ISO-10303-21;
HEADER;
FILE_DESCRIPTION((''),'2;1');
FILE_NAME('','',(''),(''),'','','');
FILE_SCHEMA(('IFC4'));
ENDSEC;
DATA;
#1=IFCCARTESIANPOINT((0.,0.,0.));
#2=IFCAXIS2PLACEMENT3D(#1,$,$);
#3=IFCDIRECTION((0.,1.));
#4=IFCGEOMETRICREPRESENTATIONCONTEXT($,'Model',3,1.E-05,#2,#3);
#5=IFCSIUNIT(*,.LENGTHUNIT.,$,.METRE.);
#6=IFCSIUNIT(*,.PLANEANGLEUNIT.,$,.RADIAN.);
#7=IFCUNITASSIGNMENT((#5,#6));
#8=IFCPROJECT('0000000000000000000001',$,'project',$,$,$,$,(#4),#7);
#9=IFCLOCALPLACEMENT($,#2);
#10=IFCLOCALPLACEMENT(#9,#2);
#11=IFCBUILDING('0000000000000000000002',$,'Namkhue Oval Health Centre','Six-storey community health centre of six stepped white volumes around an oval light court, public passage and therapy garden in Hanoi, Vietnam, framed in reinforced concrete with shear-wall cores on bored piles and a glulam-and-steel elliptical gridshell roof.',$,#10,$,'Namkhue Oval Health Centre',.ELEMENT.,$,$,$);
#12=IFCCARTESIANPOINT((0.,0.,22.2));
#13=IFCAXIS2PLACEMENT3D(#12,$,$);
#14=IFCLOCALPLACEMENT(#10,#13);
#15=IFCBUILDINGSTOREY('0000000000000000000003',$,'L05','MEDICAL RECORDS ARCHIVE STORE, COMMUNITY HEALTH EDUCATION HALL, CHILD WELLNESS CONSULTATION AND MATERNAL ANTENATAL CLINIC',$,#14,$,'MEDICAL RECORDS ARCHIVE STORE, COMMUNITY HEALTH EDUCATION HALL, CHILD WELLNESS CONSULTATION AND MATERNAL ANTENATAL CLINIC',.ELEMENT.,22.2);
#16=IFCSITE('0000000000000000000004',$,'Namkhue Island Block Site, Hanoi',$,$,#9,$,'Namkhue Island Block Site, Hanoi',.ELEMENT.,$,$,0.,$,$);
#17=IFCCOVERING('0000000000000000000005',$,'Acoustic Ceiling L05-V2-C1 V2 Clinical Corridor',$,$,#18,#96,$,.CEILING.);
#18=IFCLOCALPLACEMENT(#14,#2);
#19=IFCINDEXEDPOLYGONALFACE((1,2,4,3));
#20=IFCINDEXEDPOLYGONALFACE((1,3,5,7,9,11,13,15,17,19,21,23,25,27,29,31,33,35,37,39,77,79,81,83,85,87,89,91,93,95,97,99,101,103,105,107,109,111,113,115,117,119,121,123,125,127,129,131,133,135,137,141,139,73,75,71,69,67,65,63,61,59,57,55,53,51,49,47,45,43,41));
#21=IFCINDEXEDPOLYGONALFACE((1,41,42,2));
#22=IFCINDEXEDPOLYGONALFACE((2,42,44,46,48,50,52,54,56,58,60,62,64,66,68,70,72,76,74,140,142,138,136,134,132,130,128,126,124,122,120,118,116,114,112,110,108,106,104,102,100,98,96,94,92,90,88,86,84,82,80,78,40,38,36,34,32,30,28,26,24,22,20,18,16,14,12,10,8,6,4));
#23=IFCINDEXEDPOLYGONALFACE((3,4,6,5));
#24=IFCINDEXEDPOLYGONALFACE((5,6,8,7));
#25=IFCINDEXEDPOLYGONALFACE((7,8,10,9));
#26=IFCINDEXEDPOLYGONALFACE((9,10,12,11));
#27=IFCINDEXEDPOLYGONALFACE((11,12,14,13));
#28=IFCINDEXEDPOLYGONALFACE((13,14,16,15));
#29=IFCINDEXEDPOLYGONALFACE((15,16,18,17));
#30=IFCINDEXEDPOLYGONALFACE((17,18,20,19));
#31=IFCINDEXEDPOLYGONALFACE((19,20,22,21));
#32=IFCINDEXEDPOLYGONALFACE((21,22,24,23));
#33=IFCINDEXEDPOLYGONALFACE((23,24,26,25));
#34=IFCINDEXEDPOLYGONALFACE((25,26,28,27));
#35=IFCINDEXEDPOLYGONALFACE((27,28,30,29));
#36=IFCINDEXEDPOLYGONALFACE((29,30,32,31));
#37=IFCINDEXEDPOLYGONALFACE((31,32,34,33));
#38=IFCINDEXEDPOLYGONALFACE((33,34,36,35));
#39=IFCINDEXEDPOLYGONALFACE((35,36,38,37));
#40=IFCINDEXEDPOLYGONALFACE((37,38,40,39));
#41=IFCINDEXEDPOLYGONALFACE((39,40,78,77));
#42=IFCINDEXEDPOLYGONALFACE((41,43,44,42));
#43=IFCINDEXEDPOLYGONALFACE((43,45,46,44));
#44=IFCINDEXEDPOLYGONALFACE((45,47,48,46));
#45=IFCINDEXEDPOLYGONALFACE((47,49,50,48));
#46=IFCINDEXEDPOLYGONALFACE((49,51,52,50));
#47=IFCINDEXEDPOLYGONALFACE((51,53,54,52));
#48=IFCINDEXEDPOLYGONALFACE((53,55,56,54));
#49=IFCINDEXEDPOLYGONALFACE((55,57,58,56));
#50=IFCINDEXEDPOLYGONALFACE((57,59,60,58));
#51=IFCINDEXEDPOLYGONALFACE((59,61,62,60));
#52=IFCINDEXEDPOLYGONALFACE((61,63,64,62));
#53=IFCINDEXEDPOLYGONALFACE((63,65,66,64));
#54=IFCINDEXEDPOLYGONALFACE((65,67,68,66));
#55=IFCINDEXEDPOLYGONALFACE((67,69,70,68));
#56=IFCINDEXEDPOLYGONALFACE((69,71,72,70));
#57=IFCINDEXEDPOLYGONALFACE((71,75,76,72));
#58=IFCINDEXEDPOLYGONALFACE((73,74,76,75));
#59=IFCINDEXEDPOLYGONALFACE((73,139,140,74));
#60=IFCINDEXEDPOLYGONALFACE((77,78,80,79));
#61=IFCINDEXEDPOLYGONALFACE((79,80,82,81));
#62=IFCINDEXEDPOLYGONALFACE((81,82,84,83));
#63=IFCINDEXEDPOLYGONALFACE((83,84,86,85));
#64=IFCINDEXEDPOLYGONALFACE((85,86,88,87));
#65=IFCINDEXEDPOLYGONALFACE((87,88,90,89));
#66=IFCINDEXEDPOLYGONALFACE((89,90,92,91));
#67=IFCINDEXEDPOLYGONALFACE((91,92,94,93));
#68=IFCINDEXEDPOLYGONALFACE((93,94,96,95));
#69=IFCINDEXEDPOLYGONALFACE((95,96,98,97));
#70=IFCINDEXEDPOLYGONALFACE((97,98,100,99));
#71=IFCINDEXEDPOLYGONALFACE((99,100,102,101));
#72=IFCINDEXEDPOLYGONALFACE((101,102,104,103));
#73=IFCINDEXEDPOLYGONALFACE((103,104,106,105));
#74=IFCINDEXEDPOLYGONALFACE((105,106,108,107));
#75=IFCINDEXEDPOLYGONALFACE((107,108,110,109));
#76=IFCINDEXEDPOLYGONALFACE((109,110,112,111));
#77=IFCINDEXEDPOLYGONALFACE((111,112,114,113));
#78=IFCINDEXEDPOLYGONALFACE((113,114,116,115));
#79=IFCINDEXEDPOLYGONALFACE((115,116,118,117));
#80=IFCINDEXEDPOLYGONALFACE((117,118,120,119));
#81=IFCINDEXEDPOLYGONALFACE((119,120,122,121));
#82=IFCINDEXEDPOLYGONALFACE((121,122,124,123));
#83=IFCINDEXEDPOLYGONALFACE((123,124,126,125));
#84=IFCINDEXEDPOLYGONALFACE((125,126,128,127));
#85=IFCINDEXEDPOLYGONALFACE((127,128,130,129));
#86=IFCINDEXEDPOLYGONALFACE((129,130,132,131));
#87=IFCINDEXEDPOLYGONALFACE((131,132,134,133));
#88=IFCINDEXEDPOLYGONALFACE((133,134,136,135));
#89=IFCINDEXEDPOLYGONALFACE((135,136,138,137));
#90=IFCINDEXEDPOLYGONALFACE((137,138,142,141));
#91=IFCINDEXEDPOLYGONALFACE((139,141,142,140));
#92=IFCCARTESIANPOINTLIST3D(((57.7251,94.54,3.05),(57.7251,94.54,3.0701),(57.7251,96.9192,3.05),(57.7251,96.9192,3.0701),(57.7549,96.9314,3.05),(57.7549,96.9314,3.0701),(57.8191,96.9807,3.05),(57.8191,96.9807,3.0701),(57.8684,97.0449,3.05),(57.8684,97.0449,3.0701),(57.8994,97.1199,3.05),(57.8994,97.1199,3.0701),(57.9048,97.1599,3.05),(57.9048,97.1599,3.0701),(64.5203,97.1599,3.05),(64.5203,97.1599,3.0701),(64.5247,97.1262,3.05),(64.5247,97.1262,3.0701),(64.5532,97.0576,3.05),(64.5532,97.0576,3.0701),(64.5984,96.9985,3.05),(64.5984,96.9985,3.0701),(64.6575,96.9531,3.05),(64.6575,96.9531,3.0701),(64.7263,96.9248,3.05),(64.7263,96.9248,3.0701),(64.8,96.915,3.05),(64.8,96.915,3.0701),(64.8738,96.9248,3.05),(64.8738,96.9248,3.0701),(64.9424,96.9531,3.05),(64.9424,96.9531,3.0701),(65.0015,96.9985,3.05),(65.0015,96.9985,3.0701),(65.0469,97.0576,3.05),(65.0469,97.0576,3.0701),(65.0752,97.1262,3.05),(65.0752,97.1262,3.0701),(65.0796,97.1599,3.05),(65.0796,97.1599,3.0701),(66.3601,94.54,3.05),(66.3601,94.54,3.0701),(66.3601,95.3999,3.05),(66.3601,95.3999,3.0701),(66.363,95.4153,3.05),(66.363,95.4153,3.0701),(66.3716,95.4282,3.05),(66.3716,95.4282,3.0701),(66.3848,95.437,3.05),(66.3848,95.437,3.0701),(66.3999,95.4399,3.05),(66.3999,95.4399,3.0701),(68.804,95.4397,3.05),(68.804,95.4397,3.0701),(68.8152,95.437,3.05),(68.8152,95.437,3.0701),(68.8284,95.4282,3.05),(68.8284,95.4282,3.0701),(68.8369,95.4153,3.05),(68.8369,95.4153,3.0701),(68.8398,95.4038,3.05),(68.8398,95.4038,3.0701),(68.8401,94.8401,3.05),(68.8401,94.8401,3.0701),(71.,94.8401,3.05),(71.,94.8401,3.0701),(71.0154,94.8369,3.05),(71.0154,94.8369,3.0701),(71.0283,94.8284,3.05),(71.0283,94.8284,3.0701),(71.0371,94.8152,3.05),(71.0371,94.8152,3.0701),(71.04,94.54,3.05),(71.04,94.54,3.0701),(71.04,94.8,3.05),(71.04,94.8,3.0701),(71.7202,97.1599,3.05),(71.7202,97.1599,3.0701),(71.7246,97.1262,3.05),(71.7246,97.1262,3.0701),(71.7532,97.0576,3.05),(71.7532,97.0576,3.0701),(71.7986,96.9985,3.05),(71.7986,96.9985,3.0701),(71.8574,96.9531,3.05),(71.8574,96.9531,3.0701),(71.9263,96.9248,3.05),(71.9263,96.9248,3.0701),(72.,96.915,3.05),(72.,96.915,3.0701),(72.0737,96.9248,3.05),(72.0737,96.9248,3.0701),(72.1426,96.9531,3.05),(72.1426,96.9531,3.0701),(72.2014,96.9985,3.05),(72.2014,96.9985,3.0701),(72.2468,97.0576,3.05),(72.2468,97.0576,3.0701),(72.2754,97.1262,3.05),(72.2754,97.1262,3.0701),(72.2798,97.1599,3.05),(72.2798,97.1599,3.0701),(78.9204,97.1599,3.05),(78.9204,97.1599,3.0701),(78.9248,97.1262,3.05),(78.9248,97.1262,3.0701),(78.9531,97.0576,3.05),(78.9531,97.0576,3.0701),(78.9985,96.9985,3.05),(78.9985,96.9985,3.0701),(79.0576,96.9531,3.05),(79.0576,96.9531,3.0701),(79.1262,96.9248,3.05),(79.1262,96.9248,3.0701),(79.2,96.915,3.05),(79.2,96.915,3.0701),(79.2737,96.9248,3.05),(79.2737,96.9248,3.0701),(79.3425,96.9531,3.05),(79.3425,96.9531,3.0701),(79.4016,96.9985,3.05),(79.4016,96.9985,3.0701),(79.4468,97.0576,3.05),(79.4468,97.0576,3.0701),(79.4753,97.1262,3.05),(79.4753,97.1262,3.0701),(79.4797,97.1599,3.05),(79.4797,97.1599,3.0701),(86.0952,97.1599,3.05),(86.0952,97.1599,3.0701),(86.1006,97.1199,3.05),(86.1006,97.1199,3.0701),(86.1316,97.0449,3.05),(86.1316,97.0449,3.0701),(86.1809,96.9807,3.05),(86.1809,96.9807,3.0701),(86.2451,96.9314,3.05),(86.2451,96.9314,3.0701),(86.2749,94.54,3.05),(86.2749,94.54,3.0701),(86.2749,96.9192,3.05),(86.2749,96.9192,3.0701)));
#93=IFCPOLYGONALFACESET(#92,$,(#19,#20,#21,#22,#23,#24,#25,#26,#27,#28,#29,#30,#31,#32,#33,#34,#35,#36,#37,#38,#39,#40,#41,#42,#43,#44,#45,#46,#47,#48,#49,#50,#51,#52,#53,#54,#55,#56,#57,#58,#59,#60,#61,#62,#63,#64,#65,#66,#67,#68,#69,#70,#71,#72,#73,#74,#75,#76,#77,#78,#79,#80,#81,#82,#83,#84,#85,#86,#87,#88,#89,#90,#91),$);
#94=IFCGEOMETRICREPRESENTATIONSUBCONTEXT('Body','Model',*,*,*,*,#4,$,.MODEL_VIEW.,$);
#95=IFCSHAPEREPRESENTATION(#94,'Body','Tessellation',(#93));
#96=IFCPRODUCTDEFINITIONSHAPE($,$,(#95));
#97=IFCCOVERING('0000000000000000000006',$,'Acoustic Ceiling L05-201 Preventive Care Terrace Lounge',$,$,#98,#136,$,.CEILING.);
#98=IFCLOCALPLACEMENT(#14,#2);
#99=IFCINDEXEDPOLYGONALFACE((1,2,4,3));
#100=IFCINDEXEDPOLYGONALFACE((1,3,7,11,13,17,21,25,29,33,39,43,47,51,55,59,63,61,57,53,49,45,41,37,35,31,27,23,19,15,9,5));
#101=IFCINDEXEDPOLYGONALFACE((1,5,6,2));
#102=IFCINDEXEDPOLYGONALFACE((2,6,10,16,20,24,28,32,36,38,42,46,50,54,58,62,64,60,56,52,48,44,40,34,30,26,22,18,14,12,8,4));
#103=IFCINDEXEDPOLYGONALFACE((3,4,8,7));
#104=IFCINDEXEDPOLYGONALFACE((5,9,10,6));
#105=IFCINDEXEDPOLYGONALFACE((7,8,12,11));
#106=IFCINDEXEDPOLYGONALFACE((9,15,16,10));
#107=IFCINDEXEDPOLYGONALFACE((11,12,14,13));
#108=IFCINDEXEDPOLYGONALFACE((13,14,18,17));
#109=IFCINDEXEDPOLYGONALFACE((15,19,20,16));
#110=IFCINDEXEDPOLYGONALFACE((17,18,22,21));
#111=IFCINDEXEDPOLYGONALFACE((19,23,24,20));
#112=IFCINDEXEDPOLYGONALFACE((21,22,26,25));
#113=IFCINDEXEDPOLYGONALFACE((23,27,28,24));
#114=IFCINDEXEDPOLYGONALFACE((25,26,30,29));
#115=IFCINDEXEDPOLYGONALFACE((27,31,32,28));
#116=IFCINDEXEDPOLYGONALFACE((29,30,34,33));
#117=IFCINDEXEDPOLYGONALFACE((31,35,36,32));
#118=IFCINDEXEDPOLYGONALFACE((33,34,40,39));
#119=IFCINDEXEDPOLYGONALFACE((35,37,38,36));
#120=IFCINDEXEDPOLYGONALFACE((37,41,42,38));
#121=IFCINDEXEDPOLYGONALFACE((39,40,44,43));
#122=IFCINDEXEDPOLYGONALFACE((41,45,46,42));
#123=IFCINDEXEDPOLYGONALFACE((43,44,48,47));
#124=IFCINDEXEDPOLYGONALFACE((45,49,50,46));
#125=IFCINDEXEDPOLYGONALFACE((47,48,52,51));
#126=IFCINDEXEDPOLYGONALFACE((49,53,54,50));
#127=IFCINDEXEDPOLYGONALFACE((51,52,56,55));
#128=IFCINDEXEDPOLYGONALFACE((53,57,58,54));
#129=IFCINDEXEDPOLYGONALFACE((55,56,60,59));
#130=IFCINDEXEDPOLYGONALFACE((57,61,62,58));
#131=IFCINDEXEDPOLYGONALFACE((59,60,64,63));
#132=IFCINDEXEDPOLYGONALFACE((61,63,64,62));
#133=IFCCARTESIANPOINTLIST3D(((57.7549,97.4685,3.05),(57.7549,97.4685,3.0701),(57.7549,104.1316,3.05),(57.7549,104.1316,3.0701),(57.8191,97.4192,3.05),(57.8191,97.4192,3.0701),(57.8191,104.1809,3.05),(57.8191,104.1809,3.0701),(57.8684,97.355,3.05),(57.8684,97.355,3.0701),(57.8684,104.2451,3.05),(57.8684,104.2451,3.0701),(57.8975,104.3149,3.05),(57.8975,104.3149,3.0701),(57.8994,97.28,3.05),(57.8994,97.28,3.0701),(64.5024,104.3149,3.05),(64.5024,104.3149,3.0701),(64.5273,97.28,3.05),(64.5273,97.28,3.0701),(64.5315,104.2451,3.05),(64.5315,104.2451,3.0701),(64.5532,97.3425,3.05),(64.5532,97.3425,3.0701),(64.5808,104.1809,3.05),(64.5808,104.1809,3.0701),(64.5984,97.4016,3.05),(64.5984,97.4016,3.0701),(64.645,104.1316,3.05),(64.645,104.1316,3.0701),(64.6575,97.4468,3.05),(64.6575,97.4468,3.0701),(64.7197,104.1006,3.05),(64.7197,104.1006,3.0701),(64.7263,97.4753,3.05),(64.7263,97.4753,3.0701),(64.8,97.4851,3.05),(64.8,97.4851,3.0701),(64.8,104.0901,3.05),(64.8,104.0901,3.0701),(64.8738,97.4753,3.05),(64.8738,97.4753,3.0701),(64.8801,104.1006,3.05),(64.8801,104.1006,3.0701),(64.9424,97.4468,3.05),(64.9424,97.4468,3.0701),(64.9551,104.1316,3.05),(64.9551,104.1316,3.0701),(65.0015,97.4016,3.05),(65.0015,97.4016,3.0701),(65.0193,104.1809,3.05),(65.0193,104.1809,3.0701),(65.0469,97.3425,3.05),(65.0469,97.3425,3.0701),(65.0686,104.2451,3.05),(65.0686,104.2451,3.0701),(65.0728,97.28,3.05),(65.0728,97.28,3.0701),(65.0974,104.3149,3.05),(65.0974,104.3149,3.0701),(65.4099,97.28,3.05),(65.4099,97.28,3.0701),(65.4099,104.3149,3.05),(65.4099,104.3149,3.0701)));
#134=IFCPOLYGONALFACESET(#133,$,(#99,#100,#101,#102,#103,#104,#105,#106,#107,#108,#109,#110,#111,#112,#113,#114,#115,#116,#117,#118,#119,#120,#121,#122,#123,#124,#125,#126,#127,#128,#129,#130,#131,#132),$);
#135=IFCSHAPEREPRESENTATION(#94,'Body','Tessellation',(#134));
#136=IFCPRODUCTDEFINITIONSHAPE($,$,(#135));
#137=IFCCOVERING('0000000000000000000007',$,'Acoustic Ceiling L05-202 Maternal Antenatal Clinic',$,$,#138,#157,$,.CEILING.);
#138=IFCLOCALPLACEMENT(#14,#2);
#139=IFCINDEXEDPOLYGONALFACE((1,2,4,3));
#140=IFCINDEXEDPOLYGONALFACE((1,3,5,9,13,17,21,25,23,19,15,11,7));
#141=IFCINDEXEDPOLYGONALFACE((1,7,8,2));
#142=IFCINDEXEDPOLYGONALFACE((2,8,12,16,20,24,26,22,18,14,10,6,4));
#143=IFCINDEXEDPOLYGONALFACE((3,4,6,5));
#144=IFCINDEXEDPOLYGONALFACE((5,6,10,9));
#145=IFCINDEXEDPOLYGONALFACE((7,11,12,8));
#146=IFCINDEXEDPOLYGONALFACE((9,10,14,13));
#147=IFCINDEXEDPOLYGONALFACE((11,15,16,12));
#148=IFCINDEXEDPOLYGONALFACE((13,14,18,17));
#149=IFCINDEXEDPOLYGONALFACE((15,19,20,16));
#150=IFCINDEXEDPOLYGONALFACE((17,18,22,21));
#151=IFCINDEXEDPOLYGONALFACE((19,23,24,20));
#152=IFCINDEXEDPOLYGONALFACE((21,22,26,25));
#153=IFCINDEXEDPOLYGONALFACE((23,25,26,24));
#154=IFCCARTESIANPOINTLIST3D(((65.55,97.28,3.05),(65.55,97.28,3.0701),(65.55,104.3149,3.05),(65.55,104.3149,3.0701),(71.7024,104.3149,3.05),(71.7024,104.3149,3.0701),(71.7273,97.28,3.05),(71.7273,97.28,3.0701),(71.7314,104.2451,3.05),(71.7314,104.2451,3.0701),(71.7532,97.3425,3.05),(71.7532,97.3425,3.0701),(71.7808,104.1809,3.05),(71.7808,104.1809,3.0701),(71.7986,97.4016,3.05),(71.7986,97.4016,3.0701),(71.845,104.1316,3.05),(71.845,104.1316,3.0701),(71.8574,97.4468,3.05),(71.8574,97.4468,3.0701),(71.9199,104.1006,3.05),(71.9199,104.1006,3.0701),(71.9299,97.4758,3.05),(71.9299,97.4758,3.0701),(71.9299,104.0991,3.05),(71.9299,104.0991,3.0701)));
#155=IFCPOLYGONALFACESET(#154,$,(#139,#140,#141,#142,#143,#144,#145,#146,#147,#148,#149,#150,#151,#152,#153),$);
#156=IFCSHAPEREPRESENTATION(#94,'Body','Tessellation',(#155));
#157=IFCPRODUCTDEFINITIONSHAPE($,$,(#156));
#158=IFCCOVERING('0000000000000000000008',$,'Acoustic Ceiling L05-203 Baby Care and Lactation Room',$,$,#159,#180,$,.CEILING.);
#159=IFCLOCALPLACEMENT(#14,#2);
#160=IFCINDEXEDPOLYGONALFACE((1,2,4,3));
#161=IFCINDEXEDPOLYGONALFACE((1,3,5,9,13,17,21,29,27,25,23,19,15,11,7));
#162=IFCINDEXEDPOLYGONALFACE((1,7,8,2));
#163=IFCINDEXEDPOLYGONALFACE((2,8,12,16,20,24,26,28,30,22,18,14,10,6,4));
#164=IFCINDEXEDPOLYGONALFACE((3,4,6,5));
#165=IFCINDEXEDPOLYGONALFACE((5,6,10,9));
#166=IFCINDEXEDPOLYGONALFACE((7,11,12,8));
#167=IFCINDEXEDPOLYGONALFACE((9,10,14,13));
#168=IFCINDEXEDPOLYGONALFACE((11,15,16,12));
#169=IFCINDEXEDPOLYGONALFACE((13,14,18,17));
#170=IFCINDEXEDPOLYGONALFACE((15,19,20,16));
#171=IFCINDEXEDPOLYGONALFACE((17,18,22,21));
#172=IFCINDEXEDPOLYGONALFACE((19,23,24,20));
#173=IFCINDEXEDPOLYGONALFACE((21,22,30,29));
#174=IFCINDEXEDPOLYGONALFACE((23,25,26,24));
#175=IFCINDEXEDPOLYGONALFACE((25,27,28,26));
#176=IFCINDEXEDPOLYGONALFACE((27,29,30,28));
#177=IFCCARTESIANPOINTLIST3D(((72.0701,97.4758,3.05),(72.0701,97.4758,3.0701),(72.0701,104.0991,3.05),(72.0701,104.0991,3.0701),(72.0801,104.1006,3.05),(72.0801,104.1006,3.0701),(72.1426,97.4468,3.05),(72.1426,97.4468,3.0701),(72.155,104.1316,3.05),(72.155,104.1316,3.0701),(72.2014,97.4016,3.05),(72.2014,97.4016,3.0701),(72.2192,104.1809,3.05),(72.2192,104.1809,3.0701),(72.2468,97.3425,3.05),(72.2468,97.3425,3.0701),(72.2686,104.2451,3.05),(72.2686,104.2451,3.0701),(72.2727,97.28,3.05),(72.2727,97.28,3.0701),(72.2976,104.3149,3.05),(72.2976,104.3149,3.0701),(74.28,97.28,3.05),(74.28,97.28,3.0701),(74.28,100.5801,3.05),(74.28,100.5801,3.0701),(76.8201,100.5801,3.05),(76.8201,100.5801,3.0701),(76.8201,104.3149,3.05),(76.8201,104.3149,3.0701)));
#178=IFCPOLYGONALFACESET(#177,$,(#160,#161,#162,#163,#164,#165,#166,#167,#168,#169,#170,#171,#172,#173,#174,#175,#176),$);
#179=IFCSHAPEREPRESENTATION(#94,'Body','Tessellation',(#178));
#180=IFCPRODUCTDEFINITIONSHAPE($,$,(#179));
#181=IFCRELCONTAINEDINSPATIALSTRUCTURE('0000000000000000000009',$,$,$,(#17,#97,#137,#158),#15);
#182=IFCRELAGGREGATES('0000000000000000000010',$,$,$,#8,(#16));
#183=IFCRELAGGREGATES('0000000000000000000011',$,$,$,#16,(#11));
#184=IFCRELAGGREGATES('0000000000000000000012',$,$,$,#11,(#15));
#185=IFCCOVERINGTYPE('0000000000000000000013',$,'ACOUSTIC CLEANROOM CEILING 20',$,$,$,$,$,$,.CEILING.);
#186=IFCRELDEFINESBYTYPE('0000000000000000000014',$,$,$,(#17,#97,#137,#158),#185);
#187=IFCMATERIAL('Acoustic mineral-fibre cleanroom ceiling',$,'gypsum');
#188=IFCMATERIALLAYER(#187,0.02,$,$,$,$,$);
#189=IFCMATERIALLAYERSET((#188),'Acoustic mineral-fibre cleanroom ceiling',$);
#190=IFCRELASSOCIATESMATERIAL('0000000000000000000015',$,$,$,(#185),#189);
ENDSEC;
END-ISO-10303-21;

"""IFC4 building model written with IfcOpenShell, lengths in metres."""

from ifc_helpers import new_model, si_unit, direction, frame, origin, place, context, subcontext, project, spatial, polyline, outline, extrude, material, layer, layer_set, type_object, element, save


model = new_model("IFC4")

# Units and contexts
model_context = context("Model", 3, precision=1e-05, world=origin(), true_north=direction((0.0, 1.0)))
body_context = subcontext(model_context, "Body", "Model", "MODEL_VIEW")
ifc_project = project(units=[si_unit("LENGTHUNIT", "METRE"), si_unit("PLANEANGLEUNIT", "RADIAN")], contexts=[model_context])

# Site, building, storey
site_placement = place(None, origin())
site = spatial("IfcSite", under=ifc_project, at=site_placement, Name="Namkhue Island Block Site, Hanoi", LongName="Namkhue Island Block Site, Hanoi", CompositionType="ELEMENT", RefElevation=0.0)
building_placement = place(site_placement, origin())
building = spatial("IfcBuilding", under=site, at=building_placement, Name="Namkhue Oval Health Centre", Description="Six-storey community health centre of six stepped white volumes around an oval light court, public passage and therapy garden in Hanoi, Vietnam, framed in reinforced concrete with shear-wall cores on bored piles and a glulam-and-steel elliptical gridshell roof.", LongName="Namkhue Oval Health Centre", CompositionType="ELEMENT")
storey_placement = place(building_placement, frame((0.0, 0.0, 22.2)))
storey = spatial("IfcBuildingStorey", under=building, at=storey_placement, Name="L05", Description="MEDICAL RECORDS ARCHIVE STORE, COMMUNITY HEALTH EDUCATION HALL, CHILD WELLNESS CONSULTATION AND MATERNAL ANTENATAL CLINIC", LongName="MEDICAL RECORDS ARCHIVE STORE, COMMUNITY HEALTH EDUCATION HALL, CHILD WELLNESS CONSULTATION AND MATERNAL ANTENATAL CLINIC", CompositionType="ELEMENT", Elevation=22.2)

# Coverings
ifc_material_1 = material(Name="Acoustic mineral-fibre cleanroom ceiling", Category="gypsum")
ifc_layer_1 = layer(ifc_material_1, 0.02)
ifc_layer_set_1 = layer_set([ifc_layer_1], Name="Acoustic mineral-fibre cleanroom ceiling")
covering_type_1 = type_object("IfcCoveringType", Name="ACOUSTIC CLEANROOM CEILING 20", PredefinedType="CEILING", material=ifc_layer_set_1)
covering_1_placement = place(storey_placement, frame((0.0, 0.0, 3.05)))
element("IfcCovering", 1, at=covering_1_placement, inside=storey, type_object=covering_type_1, Name="Acoustic Ceiling L05-V2-C1 V2 Clinical Corridor", PredefinedType="CEILING", context=body_context, shape_type="SweptSolid", body=[
    extrude(outline(polyline([(71.04, 94.8), (71.0371, 94.8152), (71.0283, 94.8284), (71.0154, 94.8369), (71.0, 94.8401), (68.8401, 94.8401), (68.8398, 95.4038), (68.8369, 95.4153), (68.8284, 95.4282), (68.8152, 95.437), (68.804, 95.4397), (66.3999, 95.4399), (66.3848, 95.437), (66.3716, 95.4282), (66.363, 95.4153), (66.3601, 95.3999), (66.3601, 94.54), (57.7251, 94.54), (57.7251, 96.9192), (57.7549, 96.9314), (57.8191, 96.9807), (57.8684, 97.0449), (57.8994, 97.1199), (57.9048, 97.1599), (64.5203, 97.1599), (64.5247, 97.1262), (64.5532, 97.0576), (64.5984, 96.9985), (64.6575, 96.9531), (64.7263, 96.9248), (64.8, 96.915), (64.8738, 96.9248), (64.9424, 96.9531), (65.0015, 96.9985), (65.0469, 97.0576), (65.0752, 97.1262), (65.0796, 97.1599), (71.7202, 97.1599), (71.7246, 97.1262), (71.7532, 97.0576), (71.7986, 96.9985), (71.8574, 96.9531), (71.9263, 96.9248), (72.0, 96.915), (72.0737, 96.9248), (72.1426, 96.9531), (72.2014, 96.9985), (72.2468, 97.0576), (72.2754, 97.1262), (72.2798, 97.1599), (78.9204, 97.1599), (78.9248, 97.1262), (78.9531, 97.0576), (78.9985, 96.9985), (79.0576, 96.9531), (79.1262, 96.9248), (79.2, 96.915), (79.2737, 96.9248), (79.3425, 96.9531), (79.4016, 96.9985), (79.4468, 97.0576), (79.4753, 97.1262), (79.4797, 97.1599), (86.0952, 97.1599), (86.1006, 97.1199), (86.1316, 97.0449), (86.1809, 96.9807), (86.2451, 96.9314), (86.2749, 96.9192), (86.2749, 94.54), (71.04, 94.54), (71.04, 94.8)])), origin(), (0.0, 0.0, 1.0), 0.02),
])
covering_2_placement = place(storey_placement, frame((0.0, 0.0, 3.05)))
element("IfcCovering", 2, at=covering_2_placement, inside=storey, type_object=covering_type_1, Name="Acoustic Ceiling L05-201 Preventive Care Terrace Lounge", PredefinedType="CEILING", context=body_context, shape_type="SweptSolid", body=[
    extrude(outline(polyline([(65.0728, 97.28), (65.0469, 97.3425), (65.0015, 97.4016), (64.9424, 97.4468), (64.8738, 97.4753), (64.8, 97.4851), (64.7263, 97.4753), (64.6575, 97.4468), (64.5984, 97.4016), (64.5532, 97.3425), (64.5273, 97.28), (57.8994, 97.28), (57.8684, 97.355), (57.8191, 97.4192), (57.7549, 97.4685), (57.7549, 104.1316), (57.8191, 104.1809), (57.8684, 104.2451), (57.8975, 104.3149), (64.5024, 104.3149), (64.5315, 104.2451), (64.5808, 104.1809), (64.645, 104.1316), (64.7197, 104.1006), (64.8, 104.0901), (64.8801, 104.1006), (64.9551, 104.1316), (65.0193, 104.1809), (65.0686, 104.2451), (65.0974, 104.3149), (65.4099, 104.3149), (65.4099, 97.28), (65.0728, 97.28)])), origin(), (0.0, 0.0, 1.0), 0.02),
])
covering_3_placement = place(storey_placement, frame((0.0, 0.0, 3.05)))
element("IfcCovering", 3, at=covering_3_placement, inside=storey, type_object=covering_type_1, Name="Acoustic Ceiling L05-202 Maternal Antenatal Clinic", PredefinedType="CEILING", context=body_context, shape_type="SweptSolid", body=[
    extrude(outline(polyline([(65.55, 97.28), (65.55, 104.3149), (71.7024, 104.3149), (71.7314, 104.2451), (71.7808, 104.1809), (71.845, 104.1316), (71.9199, 104.1006), (71.9299, 104.0991), (71.9299, 97.4758), (71.8574, 97.4468), (71.7986, 97.4016), (71.7532, 97.3425), (71.7273, 97.28), (65.55, 97.28)])), origin(), (0.0, 0.0, 1.0), 0.02),
])
covering_4_placement = place(storey_placement, frame((0.0, 0.0, 3.05)))
element("IfcCovering", 4, at=covering_4_placement, inside=storey, type_object=covering_type_1, Name="Acoustic Ceiling L05-203 Baby Care and Lactation Room", PredefinedType="CEILING", context=body_context, shape_type="SweptSolid", body=[
    extrude(outline(polyline([(76.8201, 104.3149), (76.8201, 100.5801), (74.28, 100.5801), (74.28, 97.28), (72.2727, 97.28), (72.2468, 97.3425), (72.2014, 97.4016), (72.1426, 97.4468), (72.0701, 97.4758), (72.0701, 104.0991), (72.0801, 104.1006), (72.155, 104.1316), (72.2192, 104.1809), (72.2686, 104.2451), (72.2976, 104.3149), (76.8201, 104.3149)])), origin(), (0.0, 0.0, 1.0), 0.02),
])

save(model, "model.ifc")
